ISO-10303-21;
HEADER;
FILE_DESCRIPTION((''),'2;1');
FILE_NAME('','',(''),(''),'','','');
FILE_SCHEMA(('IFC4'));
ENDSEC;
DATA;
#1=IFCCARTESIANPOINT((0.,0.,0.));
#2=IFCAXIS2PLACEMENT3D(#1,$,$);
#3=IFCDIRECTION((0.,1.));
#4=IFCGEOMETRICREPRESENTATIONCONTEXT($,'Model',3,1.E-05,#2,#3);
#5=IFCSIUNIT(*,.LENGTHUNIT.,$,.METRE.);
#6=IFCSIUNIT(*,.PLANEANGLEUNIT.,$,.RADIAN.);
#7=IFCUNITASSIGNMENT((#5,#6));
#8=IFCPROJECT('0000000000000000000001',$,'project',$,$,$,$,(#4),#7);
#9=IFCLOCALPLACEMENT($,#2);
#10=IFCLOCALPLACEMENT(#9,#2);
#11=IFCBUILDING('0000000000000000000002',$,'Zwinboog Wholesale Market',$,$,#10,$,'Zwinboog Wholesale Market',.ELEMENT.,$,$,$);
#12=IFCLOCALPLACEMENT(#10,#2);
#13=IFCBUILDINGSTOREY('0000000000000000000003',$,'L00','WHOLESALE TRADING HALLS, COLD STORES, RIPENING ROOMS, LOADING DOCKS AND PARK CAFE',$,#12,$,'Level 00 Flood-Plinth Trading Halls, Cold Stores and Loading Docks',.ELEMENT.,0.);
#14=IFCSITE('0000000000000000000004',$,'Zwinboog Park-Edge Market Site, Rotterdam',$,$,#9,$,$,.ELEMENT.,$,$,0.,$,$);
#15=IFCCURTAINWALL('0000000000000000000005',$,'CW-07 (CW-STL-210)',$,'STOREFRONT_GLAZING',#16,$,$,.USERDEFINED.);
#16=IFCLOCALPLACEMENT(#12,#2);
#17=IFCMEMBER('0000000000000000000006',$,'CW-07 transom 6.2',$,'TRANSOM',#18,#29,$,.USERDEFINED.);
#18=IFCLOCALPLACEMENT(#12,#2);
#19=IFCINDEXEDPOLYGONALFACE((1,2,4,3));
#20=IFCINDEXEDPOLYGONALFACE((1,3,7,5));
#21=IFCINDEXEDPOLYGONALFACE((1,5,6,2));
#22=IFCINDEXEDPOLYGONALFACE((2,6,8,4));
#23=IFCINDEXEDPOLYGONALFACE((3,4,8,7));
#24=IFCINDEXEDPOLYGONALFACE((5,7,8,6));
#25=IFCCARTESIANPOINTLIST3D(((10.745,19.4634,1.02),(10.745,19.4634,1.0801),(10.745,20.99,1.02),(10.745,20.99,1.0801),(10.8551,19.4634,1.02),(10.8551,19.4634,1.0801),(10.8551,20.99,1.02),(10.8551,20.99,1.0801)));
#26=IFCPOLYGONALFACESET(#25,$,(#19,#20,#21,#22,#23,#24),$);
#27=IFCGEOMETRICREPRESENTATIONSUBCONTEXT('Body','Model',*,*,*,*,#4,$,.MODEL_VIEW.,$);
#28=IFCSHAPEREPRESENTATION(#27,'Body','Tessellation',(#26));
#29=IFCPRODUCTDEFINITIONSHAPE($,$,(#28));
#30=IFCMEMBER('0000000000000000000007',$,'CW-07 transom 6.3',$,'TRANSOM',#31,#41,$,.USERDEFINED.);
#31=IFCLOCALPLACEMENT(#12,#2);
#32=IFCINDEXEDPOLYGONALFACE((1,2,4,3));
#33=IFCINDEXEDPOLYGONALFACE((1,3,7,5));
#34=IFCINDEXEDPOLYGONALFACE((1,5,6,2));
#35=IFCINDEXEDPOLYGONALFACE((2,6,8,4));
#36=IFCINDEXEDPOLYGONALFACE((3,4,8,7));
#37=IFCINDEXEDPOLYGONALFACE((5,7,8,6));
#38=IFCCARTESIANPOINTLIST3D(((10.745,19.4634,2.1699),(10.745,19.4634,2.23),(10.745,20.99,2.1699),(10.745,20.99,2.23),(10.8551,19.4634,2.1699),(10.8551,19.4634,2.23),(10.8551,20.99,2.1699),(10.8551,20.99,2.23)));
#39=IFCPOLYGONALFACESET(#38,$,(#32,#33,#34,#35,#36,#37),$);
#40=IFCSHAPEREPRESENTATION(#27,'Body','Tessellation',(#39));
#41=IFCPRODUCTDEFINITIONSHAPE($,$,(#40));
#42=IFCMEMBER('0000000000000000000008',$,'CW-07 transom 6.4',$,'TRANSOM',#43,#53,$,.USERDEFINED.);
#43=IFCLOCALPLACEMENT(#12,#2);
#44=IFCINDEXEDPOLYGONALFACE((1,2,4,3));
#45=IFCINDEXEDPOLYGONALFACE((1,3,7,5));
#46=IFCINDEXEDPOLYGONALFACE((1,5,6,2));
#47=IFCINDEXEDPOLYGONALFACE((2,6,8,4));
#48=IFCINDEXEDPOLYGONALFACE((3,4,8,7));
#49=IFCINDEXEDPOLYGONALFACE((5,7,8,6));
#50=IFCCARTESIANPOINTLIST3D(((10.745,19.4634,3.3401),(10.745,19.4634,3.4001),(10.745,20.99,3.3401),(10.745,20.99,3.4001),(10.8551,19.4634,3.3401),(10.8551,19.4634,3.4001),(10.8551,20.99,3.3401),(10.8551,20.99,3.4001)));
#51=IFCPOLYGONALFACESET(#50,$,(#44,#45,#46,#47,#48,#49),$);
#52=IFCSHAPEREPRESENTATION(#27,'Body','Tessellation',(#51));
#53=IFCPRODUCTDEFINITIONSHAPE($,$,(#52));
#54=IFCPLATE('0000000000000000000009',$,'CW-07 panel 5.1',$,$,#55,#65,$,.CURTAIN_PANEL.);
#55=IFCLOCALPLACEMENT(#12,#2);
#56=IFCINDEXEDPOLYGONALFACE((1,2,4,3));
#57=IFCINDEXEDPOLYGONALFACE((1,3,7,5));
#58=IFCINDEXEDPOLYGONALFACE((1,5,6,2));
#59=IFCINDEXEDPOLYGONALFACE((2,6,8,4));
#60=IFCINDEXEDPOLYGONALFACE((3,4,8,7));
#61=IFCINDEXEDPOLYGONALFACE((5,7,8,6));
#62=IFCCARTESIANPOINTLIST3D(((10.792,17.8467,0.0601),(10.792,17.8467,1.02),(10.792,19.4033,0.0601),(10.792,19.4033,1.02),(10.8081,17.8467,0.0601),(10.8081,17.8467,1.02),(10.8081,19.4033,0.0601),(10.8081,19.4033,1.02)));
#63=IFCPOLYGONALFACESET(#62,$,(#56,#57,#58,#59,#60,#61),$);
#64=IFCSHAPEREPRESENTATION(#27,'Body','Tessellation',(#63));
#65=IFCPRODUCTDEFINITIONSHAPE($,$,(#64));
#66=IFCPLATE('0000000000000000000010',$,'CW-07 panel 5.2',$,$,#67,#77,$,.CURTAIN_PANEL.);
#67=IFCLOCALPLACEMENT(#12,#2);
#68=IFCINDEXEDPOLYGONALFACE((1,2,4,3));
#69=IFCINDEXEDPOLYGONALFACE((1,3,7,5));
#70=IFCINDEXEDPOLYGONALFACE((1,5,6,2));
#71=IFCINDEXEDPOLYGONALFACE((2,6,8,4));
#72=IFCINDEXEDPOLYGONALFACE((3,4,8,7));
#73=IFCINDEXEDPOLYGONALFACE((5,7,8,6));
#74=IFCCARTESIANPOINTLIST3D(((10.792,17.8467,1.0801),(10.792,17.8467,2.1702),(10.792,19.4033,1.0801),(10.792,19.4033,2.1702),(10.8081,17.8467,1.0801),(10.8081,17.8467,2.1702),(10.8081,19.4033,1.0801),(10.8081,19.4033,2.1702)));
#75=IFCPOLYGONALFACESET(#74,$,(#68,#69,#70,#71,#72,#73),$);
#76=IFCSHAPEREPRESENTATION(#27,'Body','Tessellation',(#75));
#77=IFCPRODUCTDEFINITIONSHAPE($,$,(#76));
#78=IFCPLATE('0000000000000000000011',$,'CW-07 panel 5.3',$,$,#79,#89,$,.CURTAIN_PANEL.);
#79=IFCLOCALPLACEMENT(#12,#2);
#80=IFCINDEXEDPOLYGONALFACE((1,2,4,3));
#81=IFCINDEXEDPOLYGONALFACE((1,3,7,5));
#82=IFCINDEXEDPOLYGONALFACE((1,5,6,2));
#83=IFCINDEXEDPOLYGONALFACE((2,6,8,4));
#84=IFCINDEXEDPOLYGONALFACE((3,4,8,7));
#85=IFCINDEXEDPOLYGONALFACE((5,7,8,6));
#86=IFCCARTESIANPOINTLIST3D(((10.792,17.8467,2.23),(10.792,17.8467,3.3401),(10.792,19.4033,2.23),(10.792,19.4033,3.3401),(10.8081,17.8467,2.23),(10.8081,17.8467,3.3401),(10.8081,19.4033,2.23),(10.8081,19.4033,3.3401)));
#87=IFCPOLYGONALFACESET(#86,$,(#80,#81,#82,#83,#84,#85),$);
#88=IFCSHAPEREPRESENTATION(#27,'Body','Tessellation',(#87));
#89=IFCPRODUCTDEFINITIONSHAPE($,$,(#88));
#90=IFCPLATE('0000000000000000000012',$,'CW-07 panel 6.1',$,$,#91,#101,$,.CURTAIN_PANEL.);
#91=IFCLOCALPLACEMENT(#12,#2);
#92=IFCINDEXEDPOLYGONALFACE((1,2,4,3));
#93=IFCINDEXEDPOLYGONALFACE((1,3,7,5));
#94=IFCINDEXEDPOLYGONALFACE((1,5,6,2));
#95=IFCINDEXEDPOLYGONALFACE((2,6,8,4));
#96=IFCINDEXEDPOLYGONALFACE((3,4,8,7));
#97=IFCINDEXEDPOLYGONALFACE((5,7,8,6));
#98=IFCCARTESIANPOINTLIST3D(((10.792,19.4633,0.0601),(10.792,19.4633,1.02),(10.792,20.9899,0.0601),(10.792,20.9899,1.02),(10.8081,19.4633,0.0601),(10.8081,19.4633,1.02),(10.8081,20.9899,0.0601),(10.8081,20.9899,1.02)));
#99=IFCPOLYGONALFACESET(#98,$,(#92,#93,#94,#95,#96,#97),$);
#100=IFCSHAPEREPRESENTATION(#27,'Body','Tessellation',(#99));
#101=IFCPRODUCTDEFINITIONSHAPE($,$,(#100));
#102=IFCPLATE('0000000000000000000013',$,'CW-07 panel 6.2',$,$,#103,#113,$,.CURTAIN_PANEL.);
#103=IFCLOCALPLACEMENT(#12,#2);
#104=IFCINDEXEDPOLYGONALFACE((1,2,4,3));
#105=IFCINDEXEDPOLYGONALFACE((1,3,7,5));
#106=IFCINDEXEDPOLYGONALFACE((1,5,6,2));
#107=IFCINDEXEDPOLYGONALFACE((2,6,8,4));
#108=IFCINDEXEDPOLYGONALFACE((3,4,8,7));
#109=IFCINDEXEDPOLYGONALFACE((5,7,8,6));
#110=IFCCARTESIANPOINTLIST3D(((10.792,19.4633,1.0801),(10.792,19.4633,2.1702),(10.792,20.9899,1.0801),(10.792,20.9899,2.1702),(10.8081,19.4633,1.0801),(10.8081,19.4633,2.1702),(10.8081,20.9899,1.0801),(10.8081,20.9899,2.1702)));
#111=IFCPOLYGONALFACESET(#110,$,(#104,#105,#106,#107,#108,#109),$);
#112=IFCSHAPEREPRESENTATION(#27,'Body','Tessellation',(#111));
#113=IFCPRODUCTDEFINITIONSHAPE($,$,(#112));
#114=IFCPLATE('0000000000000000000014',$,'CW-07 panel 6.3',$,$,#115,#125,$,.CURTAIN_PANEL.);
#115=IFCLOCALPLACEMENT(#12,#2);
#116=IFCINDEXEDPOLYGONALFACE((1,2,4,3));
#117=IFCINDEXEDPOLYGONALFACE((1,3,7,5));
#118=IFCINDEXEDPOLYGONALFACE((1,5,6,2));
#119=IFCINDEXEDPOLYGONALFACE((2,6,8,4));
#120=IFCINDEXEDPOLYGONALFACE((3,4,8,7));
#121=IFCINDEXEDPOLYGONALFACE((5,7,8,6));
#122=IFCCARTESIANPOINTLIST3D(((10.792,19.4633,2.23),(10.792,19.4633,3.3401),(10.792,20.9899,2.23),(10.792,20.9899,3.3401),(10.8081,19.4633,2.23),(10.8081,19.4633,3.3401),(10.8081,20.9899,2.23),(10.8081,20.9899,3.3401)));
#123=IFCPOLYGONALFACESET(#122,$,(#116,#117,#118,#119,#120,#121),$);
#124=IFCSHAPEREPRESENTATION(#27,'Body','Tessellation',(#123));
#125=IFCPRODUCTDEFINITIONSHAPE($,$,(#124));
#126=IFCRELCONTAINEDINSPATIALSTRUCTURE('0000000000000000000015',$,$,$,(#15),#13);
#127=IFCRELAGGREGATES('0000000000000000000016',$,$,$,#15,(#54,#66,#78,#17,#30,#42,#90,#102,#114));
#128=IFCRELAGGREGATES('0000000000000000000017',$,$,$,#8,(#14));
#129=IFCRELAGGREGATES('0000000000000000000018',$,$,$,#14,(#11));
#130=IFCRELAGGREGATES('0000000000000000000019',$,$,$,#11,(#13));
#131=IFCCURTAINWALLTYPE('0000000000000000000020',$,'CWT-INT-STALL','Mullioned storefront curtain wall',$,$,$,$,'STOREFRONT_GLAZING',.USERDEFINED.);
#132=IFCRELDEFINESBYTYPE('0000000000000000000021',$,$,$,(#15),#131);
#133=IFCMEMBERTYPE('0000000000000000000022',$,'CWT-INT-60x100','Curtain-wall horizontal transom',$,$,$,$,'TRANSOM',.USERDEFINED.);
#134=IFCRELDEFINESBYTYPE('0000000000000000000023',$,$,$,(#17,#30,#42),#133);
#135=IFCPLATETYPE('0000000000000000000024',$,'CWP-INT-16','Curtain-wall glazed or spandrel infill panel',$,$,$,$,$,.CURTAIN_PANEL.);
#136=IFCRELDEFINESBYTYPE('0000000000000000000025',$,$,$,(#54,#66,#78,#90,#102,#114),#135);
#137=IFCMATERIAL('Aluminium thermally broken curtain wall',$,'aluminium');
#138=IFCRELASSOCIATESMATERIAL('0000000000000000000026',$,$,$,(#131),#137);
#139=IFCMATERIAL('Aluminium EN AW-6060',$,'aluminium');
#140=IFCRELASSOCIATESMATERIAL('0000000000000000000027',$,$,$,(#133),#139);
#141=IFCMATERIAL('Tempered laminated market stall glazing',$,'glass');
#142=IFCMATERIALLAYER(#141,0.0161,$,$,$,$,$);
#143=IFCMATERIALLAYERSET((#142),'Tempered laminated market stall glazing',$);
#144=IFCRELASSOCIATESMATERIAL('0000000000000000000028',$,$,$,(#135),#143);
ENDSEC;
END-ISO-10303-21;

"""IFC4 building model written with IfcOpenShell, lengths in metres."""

from ifc_helpers import new_model, si_unit, direction, frame, origin, origin_2d, place, context, subcontext, project, spatial, rectangle, extrude, material, layer, layer_set, material_profile, profile_set, type_object, element, aggregate, save


model = new_model("IFC4")

# Units and contexts
model_context = context("Model", 3, precision=1e-05, world=origin(), true_north=direction((0.0, 1.0)))
body_context = subcontext(model_context, "Body", "Model", "MODEL_VIEW")
ifc_project = project(units=[si_unit("LENGTHUNIT", "METRE"), si_unit("PLANEANGLEUNIT", "RADIAN")], contexts=[model_context])

# Site, building, storey
site_placement = place(None, origin())
site = spatial("IfcSite", under=ifc_project, at=site_placement, Name="Zwinboog Park-Edge Market Site, Rotterdam", CompositionType="ELEMENT", RefElevation=0.0)
building_placement = place(site_placement, origin())
building = spatial("IfcBuilding", under=site, at=building_placement, Name="Zwinboog Wholesale Market", LongName="Zwinboog Wholesale Market", CompositionType="ELEMENT")
storey_placement = place(building_placement, origin())
storey = spatial("IfcBuildingStorey", under=building, at=storey_placement, Name="L00", Description="WHOLESALE TRADING HALLS, COLD STORES, RIPENING ROOMS, LOADING DOCKS AND PARK CAFE", LongName="Level 00 Flood-Plinth Trading Halls, Cold Stores and Loading Docks", CompositionType="ELEMENT", Elevation=0.0)

# Curtain wall
ifc_material_1 = material(Name="Aluminium thermally broken curtain wall", Category="aluminium")
curtain_wall_type = type_object("IfcCurtainWallType", Name="CWT-INT-STALL", Description="Mullioned storefront curtain wall", ElementType="STOREFRONT_GLAZING", PredefinedType="USERDEFINED", material=ifc_material_1)
curtain_wall_1_placement = place(storey_placement, origin())
curtain_wall_1 = element("IfcCurtainWall", 1, at=curtain_wall_1_placement, inside=storey, type_object=curtain_wall_type, Name="CW-07 (CW-STL-210)", ObjectType="STOREFRONT_GLAZING", PredefinedType="USERDEFINED")
ifc_material_2 = material(Name="Aluminium EN AW-6060", Category="aluminium")

# Members
ifc_material_profile_1 = material_profile(ifc_material_2, rectangle(XDim=0.1101, YDim=0.0601, at=origin_2d()), Name="AL 60x110")
ifc_profile_set_1 = profile_set([ifc_material_profile_1], Name="Aluminium EN AW-6060")
member_type_1 = type_object("IfcMemberType", Name="CWT-INT-60x100", Description="Curtain-wall horizontal transom", ElementType="TRANSOM", PredefinedType="USERDEFINED", material=ifc_profile_set_1)
member_1_placement = place(storey_placement, frame((10.8, 19.4634, 1.05), z_axis=(0.0, 1.0, 0.0), x_axis=(-1.0, 0.0, 0.0)))
member_1 = element("IfcMember", 2, at=member_1_placement, type_object=member_type_1, Name="CW-07 transom 6.2", ObjectType="TRANSOM", PredefinedType="USERDEFINED", context=body_context, shape_type="SweptSolid", body=[
    extrude(rectangle(XDim=0.1101, YDim=0.0601, at=origin_2d()), origin(), (0.0, 0.0, 1.0), 1.5266),
])
member_2_placement = place(storey_placement, frame((10.8, 19.4634, 2.2), z_axis=(0.0, 1.0, 0.0), x_axis=(-1.0, 0.0, 0.0)))
member_2 = element("IfcMember", 3, at=member_2_placement, type_object=member_type_1, Name="CW-07 transom 6.3", ObjectType="TRANSOM", PredefinedType="USERDEFINED", context=body_context, shape_type="SweptSolid", body=[
    extrude(rectangle(XDim=0.1101, YDim=0.0601, at=origin_2d()), origin(), (0.0, 0.0, 1.0), 1.5266),
])
member_3_placement = place(storey_placement, frame((10.8, 19.4634, 3.3701), z_axis=(0.0, 1.0, 0.0), x_axis=(-1.0, 0.0, 0.0)))
member_3 = element("IfcMember", 4, at=member_3_placement, type_object=member_type_1, Name="CW-07 transom 6.4", ObjectType="TRANSOM", PredefinedType="USERDEFINED", context=body_context, shape_type="SweptSolid", body=[
    extrude(rectangle(XDim=0.1101, YDim=0.0601, at=origin_2d()), origin(), (0.0, 0.0, 1.0), 1.5266),
])

# Plates
ifc_material_3 = material(Name="Tempered laminated market stall glazing", Category="glass")
ifc_layer = layer(ifc_material_3, 0.0161)
ifc_layer_set = layer_set([ifc_layer], Name="Tempered laminated market stall glazing")
plate_type = type_object("IfcPlateType", Name="CWP-INT-16", Description="Curtain-wall glazed or spandrel infill panel", PredefinedType="CURTAIN_PANEL", material=ifc_layer_set)
plate_1_placement = place(storey_placement, frame((10.8, 18.625, 0.0601), z_axis=(0.0, 0.0, 1.0), x_axis=(0.0, 1.0, 0.0)))
plate_1 = element("IfcPlate", 5, at=plate_1_placement, type_object=plate_type, Name="CW-07 panel 5.1", PredefinedType="CURTAIN_PANEL", context=body_context, shape_type="SweptSolid", body=[
    extrude(rectangle(XDim=1.5566, YDim=0.0161, at=origin_2d()), origin(), (0.0, 0.0, 1.0), 0.96),
])
plate_2_placement = place(storey_placement, frame((10.8, 18.625, 1.0801), z_axis=(0.0, 0.0, 1.0), x_axis=(0.0, 1.0, 0.0)))
plate_2 = element("IfcPlate", 6, at=plate_2_placement, type_object=plate_type, Name="CW-07 panel 5.2", PredefinedType="CURTAIN_PANEL", context=body_context, shape_type="SweptSolid", body=[
    extrude(rectangle(XDim=1.5566, YDim=0.0161, at=origin_2d()), origin(), (0.0, 0.0, 1.0), 1.0901),
])
plate_3_placement = place(storey_placement, frame((10.8, 18.625, 2.23), z_axis=(0.0, 0.0, 1.0), x_axis=(0.0, 1.0, 0.0)))
plate_3 = element("IfcPlate", 7, at=plate_3_placement, type_object=plate_type, Name="CW-07 panel 5.3", PredefinedType="CURTAIN_PANEL", context=body_context, shape_type="SweptSolid", body=[
    extrude(rectangle(XDim=1.5566, YDim=0.0161, at=origin_2d()), origin(), (0.0, 0.0, 1.0), 1.1101),
])
plate_4_placement = place(storey_placement, frame((10.8, 20.2266, 0.0601), z_axis=(0.0, 0.0, 1.0), x_axis=(0.0, 1.0, 0.0)))
plate_4 = element("IfcPlate", 8, at=plate_4_placement, type_object=plate_type, Name="CW-07 panel 6.1", PredefinedType="CURTAIN_PANEL", context=body_context, shape_type="SweptSolid", body=[
    extrude(rectangle(XDim=1.5266, YDim=0.0161, at=origin_2d()), origin(), (0.0, 0.0, 1.0), 0.96),
])
plate_5_placement = place(storey_placement, frame((10.8, 20.2266, 1.0801), z_axis=(0.0, 0.0, 1.0), x_axis=(0.0, 1.0, 0.0)))
plate_5 = element("IfcPlate", 9, at=plate_5_placement, type_object=plate_type, Name="CW-07 panel 6.2", PredefinedType="CURTAIN_PANEL", context=body_context, shape_type="SweptSolid", body=[
    extrude(rectangle(XDim=1.5266, YDim=0.0161, at=origin_2d()), origin(), (0.0, 0.0, 1.0), 1.0901),
])
plate_6_placement = place(storey_placement, frame((10.8, 20.2266, 2.23), z_axis=(0.0, 0.0, 1.0), x_axis=(0.0, 1.0, 0.0)))
plate_6 = element("IfcPlate", 10, at=plate_6_placement, type_object=plate_type, Name="CW-07 panel 6.3", PredefinedType="CURTAIN_PANEL", context=body_context, shape_type="SweptSolid", body=[
    extrude(rectangle(XDim=1.5266, YDim=0.0161, at=origin_2d()), origin(), (0.0, 0.0, 1.0), 1.1101),
])
aggregate(curtain_wall_1, [plate_1, plate_2, plate_3, member_1, member_2, member_3, plate_4, plate_5, plate_6])

save(model, "model.ifc")
